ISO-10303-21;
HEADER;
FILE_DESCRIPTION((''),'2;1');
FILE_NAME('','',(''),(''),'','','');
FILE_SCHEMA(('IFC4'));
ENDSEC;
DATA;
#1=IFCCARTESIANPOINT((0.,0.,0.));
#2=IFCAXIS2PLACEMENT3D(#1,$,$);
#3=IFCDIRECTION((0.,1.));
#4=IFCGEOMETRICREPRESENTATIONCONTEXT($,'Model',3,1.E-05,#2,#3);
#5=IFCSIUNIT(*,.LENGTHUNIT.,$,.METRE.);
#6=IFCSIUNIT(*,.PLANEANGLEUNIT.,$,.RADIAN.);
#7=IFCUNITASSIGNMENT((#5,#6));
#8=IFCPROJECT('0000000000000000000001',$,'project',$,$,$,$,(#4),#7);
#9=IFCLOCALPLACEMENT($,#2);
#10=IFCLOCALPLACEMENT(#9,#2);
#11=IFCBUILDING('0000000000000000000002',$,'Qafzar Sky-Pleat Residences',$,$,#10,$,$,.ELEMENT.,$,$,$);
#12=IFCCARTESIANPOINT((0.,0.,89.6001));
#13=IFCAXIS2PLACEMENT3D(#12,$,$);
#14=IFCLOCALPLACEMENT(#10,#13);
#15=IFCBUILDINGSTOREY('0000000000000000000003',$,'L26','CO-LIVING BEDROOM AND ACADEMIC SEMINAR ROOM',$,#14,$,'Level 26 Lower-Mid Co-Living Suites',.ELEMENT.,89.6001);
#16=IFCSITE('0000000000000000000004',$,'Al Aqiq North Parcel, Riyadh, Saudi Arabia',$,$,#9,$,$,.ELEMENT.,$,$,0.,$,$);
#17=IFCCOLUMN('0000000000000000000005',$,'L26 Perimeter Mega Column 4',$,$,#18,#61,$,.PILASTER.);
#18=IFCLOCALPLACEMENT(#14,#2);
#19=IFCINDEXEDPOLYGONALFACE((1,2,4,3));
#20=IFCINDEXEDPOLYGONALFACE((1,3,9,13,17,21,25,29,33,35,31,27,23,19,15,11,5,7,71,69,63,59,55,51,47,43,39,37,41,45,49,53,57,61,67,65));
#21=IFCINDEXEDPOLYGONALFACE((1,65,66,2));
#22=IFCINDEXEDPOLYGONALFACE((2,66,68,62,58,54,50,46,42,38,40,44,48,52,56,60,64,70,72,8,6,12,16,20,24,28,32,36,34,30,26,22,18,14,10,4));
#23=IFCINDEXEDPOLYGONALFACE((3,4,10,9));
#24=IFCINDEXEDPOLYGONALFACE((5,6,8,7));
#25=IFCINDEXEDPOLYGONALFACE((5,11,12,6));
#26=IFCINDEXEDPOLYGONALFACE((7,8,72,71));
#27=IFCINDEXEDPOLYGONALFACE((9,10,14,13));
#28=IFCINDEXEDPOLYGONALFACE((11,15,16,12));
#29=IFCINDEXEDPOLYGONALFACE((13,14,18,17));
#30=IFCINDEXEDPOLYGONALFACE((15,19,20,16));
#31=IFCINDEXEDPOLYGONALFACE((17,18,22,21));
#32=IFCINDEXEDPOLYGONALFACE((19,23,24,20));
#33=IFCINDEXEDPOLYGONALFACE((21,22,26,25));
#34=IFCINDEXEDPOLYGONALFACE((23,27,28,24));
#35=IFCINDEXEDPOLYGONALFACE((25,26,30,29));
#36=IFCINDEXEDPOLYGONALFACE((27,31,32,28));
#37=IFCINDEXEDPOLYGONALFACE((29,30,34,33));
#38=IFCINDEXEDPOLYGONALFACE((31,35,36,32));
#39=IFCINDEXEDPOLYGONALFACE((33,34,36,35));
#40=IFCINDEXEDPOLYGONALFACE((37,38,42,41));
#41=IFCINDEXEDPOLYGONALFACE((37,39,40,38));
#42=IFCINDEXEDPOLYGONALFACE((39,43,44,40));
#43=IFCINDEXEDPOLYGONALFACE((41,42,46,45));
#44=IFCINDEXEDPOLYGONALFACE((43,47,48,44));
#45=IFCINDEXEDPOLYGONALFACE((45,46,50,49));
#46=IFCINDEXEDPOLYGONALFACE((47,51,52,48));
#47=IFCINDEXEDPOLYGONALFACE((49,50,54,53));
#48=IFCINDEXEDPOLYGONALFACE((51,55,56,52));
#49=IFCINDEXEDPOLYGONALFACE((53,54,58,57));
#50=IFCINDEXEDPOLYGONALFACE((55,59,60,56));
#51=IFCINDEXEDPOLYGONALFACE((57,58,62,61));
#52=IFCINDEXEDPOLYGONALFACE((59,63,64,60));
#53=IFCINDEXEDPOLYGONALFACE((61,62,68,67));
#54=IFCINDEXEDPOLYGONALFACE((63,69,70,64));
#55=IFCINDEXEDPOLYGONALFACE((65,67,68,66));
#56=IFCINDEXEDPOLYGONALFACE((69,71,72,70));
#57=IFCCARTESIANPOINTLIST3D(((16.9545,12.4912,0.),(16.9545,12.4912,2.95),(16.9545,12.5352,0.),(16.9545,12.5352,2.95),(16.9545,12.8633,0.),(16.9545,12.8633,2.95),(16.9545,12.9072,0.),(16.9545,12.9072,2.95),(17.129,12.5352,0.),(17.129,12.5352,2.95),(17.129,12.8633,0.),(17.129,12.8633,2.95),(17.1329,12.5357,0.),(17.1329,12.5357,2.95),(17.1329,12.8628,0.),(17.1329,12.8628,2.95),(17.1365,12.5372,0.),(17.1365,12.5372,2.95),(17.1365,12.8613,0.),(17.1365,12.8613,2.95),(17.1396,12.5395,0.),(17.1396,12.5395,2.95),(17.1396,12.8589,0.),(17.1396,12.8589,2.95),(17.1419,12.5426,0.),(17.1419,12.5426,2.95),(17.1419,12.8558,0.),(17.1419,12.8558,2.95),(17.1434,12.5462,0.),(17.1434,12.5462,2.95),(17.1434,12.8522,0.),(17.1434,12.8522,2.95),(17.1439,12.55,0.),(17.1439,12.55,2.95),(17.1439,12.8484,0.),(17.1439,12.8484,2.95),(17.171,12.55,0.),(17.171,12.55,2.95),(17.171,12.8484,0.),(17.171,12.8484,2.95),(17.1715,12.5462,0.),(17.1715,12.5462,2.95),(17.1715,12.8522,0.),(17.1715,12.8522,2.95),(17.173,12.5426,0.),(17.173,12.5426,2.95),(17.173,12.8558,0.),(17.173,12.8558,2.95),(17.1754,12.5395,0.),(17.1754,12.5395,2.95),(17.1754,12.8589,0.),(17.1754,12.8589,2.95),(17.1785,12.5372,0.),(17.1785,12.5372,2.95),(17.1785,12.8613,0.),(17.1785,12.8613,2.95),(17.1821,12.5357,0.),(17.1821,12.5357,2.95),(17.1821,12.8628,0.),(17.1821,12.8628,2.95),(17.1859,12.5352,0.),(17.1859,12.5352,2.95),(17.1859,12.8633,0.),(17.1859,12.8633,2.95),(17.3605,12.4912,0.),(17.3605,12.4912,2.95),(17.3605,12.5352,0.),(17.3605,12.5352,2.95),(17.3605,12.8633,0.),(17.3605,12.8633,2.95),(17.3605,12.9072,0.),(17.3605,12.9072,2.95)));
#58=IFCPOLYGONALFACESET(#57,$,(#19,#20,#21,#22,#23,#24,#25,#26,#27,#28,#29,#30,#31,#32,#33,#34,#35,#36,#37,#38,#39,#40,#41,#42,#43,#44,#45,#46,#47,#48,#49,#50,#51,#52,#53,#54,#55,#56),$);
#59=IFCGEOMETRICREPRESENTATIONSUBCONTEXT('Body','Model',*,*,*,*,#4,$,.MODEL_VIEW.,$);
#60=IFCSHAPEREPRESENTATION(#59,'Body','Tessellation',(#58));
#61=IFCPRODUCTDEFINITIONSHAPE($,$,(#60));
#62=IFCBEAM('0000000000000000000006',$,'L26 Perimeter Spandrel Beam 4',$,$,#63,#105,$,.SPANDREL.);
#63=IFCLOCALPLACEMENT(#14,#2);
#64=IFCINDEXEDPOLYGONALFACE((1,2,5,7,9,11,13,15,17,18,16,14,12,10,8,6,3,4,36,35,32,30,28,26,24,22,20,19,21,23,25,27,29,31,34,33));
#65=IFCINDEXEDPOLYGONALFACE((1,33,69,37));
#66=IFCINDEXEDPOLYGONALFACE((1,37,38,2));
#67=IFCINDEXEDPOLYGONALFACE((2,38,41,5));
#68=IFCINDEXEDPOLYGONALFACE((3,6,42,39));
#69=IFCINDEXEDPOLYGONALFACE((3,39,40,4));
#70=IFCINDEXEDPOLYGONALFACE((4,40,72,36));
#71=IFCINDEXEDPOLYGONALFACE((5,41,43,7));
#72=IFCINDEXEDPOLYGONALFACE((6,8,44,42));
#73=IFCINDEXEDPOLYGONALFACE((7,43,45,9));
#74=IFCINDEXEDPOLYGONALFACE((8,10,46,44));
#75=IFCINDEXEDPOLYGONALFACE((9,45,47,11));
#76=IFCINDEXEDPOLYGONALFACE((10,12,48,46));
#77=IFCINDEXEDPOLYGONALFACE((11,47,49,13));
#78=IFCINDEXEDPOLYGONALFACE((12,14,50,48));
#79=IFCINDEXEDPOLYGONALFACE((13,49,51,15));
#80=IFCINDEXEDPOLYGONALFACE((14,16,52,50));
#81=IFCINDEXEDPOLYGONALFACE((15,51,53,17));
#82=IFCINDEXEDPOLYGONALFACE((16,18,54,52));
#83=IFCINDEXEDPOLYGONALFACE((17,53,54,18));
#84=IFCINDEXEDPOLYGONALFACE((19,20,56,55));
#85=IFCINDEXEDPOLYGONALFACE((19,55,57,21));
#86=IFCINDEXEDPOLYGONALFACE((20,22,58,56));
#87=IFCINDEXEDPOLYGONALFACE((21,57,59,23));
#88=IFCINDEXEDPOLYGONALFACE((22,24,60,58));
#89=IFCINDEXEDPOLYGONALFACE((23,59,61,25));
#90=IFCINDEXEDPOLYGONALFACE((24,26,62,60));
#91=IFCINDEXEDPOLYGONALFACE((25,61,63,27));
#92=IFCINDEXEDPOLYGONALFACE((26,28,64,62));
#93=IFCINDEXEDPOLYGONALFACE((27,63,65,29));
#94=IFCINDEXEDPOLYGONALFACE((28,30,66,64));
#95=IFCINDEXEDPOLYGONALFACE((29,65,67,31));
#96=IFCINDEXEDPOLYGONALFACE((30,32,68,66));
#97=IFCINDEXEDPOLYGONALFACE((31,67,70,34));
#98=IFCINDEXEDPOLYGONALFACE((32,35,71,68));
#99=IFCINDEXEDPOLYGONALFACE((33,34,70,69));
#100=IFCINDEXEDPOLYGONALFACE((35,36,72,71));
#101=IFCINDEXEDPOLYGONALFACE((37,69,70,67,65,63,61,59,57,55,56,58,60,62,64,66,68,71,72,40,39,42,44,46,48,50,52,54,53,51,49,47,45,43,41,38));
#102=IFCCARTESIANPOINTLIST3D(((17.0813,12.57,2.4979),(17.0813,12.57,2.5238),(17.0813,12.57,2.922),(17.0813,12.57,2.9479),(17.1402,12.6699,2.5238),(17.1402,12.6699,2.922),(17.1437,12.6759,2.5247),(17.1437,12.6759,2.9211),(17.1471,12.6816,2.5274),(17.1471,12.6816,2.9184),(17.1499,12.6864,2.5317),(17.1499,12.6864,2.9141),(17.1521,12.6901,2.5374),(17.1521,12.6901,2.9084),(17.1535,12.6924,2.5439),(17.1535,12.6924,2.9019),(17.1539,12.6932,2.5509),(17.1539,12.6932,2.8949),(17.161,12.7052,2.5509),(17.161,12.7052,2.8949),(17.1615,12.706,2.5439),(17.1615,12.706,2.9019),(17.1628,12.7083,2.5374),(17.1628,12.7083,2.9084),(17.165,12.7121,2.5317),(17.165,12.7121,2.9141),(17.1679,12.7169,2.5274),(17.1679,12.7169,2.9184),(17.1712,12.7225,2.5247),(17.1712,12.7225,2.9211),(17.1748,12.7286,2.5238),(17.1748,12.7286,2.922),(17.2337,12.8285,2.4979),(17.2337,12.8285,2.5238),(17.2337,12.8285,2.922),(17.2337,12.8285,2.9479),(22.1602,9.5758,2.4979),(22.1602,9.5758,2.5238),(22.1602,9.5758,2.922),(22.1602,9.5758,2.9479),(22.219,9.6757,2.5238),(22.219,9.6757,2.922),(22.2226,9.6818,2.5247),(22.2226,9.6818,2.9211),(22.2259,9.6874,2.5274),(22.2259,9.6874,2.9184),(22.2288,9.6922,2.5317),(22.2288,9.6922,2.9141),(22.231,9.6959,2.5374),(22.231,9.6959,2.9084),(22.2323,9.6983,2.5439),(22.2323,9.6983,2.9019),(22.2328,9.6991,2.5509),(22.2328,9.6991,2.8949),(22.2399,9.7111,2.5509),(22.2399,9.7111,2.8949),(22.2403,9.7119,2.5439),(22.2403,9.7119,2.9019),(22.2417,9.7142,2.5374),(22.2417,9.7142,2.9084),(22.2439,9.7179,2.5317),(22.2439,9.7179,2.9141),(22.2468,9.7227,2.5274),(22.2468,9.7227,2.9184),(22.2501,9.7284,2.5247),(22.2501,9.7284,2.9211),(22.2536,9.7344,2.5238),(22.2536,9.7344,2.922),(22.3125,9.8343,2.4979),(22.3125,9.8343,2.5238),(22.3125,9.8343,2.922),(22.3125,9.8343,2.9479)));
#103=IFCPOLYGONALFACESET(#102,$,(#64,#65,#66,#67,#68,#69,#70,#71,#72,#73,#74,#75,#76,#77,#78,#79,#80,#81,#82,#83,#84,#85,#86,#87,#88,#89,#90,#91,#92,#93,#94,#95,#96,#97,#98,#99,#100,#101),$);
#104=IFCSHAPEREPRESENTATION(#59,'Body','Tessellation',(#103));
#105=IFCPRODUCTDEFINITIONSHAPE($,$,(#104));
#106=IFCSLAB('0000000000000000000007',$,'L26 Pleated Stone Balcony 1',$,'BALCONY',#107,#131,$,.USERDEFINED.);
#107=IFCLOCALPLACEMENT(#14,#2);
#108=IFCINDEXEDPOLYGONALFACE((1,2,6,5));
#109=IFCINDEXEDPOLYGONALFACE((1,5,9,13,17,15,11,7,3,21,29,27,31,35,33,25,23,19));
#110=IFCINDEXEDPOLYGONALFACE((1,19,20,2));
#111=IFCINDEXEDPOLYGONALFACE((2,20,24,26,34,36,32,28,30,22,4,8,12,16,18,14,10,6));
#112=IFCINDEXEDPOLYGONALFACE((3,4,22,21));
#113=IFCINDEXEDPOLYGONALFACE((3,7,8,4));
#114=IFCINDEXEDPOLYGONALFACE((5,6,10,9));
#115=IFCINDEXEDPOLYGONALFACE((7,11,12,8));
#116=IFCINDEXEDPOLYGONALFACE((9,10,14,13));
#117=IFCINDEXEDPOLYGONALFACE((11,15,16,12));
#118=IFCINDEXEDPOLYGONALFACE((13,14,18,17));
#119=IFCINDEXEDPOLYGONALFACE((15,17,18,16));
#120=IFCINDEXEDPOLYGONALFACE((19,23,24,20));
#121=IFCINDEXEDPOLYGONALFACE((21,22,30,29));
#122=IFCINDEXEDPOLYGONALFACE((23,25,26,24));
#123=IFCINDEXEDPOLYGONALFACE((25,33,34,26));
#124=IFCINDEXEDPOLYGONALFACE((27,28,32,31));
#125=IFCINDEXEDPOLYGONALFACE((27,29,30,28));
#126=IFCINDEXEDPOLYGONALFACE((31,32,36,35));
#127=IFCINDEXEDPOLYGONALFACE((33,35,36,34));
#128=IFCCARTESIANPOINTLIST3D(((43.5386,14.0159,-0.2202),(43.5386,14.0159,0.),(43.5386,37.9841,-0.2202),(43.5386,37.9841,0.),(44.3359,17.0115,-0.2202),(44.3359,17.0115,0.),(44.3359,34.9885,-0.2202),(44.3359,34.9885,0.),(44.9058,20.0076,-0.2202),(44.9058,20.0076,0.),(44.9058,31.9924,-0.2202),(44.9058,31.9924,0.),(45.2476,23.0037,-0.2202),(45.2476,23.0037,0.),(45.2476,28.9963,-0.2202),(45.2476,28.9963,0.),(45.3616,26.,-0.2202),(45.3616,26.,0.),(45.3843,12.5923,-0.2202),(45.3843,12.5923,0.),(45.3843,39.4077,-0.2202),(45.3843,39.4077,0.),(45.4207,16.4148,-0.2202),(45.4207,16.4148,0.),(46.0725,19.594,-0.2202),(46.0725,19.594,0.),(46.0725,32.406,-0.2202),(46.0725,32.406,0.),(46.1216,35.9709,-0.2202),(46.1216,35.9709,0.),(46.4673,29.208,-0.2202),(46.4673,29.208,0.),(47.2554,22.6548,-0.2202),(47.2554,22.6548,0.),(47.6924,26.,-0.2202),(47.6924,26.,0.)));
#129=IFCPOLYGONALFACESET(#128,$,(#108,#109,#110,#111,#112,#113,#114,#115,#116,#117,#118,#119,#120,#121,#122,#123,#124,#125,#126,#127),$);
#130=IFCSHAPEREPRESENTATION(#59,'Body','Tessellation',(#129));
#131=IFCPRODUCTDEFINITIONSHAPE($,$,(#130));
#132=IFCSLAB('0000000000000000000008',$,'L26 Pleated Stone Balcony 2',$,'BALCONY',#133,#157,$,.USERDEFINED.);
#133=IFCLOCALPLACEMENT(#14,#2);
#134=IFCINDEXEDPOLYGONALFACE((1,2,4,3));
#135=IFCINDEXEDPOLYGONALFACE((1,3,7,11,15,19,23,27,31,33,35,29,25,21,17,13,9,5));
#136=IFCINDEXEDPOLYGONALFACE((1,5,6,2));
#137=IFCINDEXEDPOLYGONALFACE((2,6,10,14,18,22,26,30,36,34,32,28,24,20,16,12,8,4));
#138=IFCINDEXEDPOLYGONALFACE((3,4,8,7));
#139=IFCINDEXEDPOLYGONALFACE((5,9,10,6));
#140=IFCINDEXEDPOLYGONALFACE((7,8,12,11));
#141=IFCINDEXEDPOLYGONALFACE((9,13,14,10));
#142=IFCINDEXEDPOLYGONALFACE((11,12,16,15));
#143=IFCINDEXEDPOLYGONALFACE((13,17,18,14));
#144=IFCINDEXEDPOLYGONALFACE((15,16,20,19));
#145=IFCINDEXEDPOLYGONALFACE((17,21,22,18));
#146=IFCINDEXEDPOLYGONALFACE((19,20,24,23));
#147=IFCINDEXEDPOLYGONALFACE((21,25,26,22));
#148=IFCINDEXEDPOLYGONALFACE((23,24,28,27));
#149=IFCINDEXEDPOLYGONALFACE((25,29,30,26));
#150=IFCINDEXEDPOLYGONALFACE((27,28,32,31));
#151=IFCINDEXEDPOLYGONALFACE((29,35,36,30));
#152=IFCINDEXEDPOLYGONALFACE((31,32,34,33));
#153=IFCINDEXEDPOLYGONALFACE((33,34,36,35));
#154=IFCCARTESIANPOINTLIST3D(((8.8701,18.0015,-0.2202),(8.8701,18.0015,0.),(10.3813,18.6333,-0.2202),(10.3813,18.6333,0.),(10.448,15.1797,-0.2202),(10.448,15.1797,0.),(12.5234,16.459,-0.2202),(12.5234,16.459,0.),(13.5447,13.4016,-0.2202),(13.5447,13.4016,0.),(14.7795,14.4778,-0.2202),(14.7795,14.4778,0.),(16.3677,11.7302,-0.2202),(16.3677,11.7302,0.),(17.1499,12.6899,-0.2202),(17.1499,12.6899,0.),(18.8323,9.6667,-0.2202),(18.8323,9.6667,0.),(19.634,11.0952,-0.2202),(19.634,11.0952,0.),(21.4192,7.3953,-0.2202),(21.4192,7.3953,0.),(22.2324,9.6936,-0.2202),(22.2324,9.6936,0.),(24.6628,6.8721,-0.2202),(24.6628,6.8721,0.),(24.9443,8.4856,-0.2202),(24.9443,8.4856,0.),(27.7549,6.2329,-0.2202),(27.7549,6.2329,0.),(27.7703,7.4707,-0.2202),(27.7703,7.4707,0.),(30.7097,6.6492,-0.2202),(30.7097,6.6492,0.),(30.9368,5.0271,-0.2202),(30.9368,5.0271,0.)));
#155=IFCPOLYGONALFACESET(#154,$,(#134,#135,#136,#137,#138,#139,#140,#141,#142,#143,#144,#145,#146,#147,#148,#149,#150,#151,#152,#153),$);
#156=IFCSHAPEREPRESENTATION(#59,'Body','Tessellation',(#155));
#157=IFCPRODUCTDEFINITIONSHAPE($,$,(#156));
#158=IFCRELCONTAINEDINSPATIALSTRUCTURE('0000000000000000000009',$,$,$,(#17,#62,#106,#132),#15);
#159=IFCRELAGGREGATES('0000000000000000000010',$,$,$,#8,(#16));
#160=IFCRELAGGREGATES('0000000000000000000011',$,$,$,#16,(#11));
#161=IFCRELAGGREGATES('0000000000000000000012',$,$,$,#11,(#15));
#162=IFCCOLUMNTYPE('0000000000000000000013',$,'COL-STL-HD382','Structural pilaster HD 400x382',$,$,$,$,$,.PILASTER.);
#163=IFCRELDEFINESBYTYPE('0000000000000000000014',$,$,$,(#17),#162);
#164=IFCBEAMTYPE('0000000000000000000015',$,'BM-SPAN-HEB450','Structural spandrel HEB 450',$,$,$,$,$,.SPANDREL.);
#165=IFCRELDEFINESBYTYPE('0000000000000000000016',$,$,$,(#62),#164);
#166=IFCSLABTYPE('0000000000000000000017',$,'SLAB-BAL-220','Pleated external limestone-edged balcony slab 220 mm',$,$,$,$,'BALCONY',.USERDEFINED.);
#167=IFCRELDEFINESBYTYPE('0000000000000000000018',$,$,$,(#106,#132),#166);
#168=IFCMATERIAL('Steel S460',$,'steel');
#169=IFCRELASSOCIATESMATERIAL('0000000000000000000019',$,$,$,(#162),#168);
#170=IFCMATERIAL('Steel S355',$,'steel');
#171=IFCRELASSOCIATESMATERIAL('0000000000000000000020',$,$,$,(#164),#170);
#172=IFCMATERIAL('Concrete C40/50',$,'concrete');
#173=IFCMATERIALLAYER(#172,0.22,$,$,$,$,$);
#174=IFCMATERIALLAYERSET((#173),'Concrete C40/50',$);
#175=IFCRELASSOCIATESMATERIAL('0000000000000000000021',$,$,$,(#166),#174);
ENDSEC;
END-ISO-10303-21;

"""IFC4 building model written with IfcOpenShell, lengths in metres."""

from ifc_helpers import new_model, si_unit, direction, frame, origin, origin_2d, place, context, subcontext, project, spatial, polyline, i_section, outline, extrude, source, transform, mapped, material, layer, layer_set, material_profile, profile_set, type_object, element, save


model = new_model("IFC4")

# Units and contexts
model_context = context("Model", 3, precision=1e-05, world=origin(), true_north=direction((0.0, 1.0)))
body_context = subcontext(model_context, "Body", "Model", "MODEL_VIEW")
ifc_project = project(units=[si_unit("LENGTHUNIT", "METRE"), si_unit("PLANEANGLEUNIT", "RADIAN")], contexts=[model_context])

# Site, building, storey
site_placement = place(None, origin())
site = spatial("IfcSite", under=ifc_project, at=site_placement, Name="Al Aqiq North Parcel, Riyadh, Saudi Arabia", CompositionType="ELEMENT", RefElevation=0.0)
building_placement = place(site_placement, origin())
building = spatial("IfcBuilding", under=site, at=building_placement, Name="Qafzar Sky-Pleat Residences", CompositionType="ELEMENT")
storey_placement = place(building_placement, frame((0.0, 0.0, 89.6001)))
storey = spatial("IfcBuildingStorey", under=building, at=storey_placement, Name="L26", Description="CO-LIVING BEDROOM AND ACADEMIC SEMINAR ROOM", LongName="Level 26 Lower-Mid Co-Living Suites", CompositionType="ELEMENT", Elevation=89.6001)

# Column
ifc_material_1 = material(Name="Steel S460", Category="steel")
ifc_material_profile_1 = material_profile(ifc_material_1, i_section(OverallWidth=0.406, OverallDepth=0.416, WebThickness=0.0271, FlangeThickness=0.0439, FilletRadius=0.0149, at=origin_2d()), Name="HD 400x382")
ifc_profile_set_1 = profile_set([ifc_material_profile_1], Name="Steel S460")
column_type = type_object("IfcColumnType", Name="COL-STL-HD382", Description="Structural pilaster HD 400x382", PredefinedType="PILASTER", material=ifc_profile_set_1)
shared_shape_1 = source(origin(), body_context, "Body", "SweptSolid", [
    extrude(i_section(OverallWidth=0.406, OverallDepth=0.416, WebThickness=0.0271, FlangeThickness=0.0439, FilletRadius=0.0149, at=origin_2d()), origin(), (0.0, 0.0, 1.0), 2.95),
])
column_placement = place(storey_placement, frame((17.1575, 12.6992, 0.0), z_axis=(0.0, 0.0, 1.0), x_axis=(1.0, 0.0, 0.0)))
element("IfcColumn", 1, at=column_placement, inside=storey, type_object=column_type, Name="L26 Perimeter Mega Column 4", PredefinedType="PILASTER", context=body_context, shape_type="MappedRepresentation", body=[
    mapped(shared_shape_1, transform((0.0, 0.0, 0.0), x_axis=(1.0, 0.0, 0.0), y_axis=(0.0, 1.0, 0.0), z_axis=(0.0, 0.0, 1.0), scale=1.0)),
])

# Beam
ifc_material_2 = material(Name="Steel S355", Category="steel")
ifc_material_profile_2 = material_profile(ifc_material_2, i_section(OverallWidth=0.3, OverallDepth=0.45, WebThickness=0.0139, FlangeThickness=0.0259, FilletRadius=0.0271, at=origin_2d()), Name="HEB 450")
ifc_profile_set_2 = profile_set([ifc_material_profile_2], Name="Steel S355")
beam_type = type_object("IfcBeamType", Name="BM-SPAN-HEB450", Description="Structural spandrel HEB 450", PredefinedType="SPANDREL", material=ifc_profile_set_2)
shared_shape_2 = source(origin(), body_context, "Body", "SweptSolid", [
    extrude(i_section(OverallWidth=0.3, OverallDepth=0.45, WebThickness=0.0139, FlangeThickness=0.0259, FilletRadius=0.0271, at=origin_2d()), origin(), (0.0, 0.0, 1.0), 5.8958),
])
beam_placement = place(storey_placement, frame((17.1575, 12.6992, 2.7229), z_axis=(0.861446, -0.507849, 0.0), x_axis=(0.507849, 0.861446, 0.0)))
element("IfcBeam", 2, at=beam_placement, inside=storey, type_object=beam_type, Name="L26 Perimeter Spandrel Beam 4", PredefinedType="SPANDREL", context=body_context, shape_type="MappedRepresentation", body=[
    mapped(shared_shape_2, transform((0.0, 0.0, 0.0), x_axis=(1.0, 0.0, 0.0), y_axis=(0.0, 1.0, 0.0), z_axis=(0.0, 0.0, 1.0), scale=1.0)),
])

# Slabs
ifc_material_3 = material(Name="Concrete C40/50", Category="concrete")
ifc_layer_1 = layer(ifc_material_3, 0.22)
ifc_layer_set_1 = layer_set([ifc_layer_1], Name="Concrete C40/50")
slab_type_1 = type_object("IfcSlabType", Name="SLAB-BAL-220", Description="Pleated external limestone-edged balcony slab 220 mm", ElementType="BALCONY", PredefinedType="USERDEFINED", material=ifc_layer_set_1)
slab_1_placement = place(storey_placement, frame((0.0, 0.0, -0.2202)))
element("IfcSlab", 3, at=slab_1_placement, inside=storey, type_object=slab_type_1, Name="L26 Pleated Stone Balcony 1", ObjectType="BALCONY", PredefinedType="USERDEFINED", context=body_context, shape_type="SweptSolid", body=[
    extrude(outline(polyline([(44.3359, 17.0115), (44.9058, 20.0076), (45.2476, 23.0037), (45.3616, 26.0), (45.2476, 28.9963), (44.9058, 31.9924), (44.3359, 34.9885), (43.5386, 37.9841), (45.3843, 39.4077), (46.1216, 35.9709), (46.0725, 32.406), (46.4673, 29.208), (47.6924, 26.0), (47.2554, 22.6548), (46.0725, 19.594), (45.4207, 16.4148), (45.3843, 12.5923), (43.5386, 14.0159), (44.3359, 17.0115)])), origin(), (0.0, 0.0, 1.0), 0.2202),
])
slab_2_placement = place(storey_placement, frame((0.0, 0.0, -0.2202)))
element("IfcSlab", 4, at=slab_2_placement, inside=storey, type_object=slab_type_1, Name="L26 Pleated Stone Balcony 2", ObjectType="BALCONY", PredefinedType="USERDEFINED", context=body_context, shape_type="SweptSolid", body=[
    extrude(outline(polyline([(12.5234, 16.459), (14.7795, 14.4778), (17.1499, 12.6899), (19.634, 11.0952), (22.2324, 9.6936), (24.9443, 8.4856), (27.7703, 7.4707), (30.7097, 6.6492), (30.9368, 5.0271), (27.7549, 6.2329), (24.6628, 6.8721), (21.4192, 7.3953), (18.8323, 9.6667), (16.3677, 11.7302), (13.5447, 13.4016), (10.448, 15.1797), (8.8701, 18.0015), (10.3813, 18.6333), (12.5234, 16.459)])), origin(), (0.0, 0.0, 1.0), 0.2202),
])

save(model, "model.ifc")
